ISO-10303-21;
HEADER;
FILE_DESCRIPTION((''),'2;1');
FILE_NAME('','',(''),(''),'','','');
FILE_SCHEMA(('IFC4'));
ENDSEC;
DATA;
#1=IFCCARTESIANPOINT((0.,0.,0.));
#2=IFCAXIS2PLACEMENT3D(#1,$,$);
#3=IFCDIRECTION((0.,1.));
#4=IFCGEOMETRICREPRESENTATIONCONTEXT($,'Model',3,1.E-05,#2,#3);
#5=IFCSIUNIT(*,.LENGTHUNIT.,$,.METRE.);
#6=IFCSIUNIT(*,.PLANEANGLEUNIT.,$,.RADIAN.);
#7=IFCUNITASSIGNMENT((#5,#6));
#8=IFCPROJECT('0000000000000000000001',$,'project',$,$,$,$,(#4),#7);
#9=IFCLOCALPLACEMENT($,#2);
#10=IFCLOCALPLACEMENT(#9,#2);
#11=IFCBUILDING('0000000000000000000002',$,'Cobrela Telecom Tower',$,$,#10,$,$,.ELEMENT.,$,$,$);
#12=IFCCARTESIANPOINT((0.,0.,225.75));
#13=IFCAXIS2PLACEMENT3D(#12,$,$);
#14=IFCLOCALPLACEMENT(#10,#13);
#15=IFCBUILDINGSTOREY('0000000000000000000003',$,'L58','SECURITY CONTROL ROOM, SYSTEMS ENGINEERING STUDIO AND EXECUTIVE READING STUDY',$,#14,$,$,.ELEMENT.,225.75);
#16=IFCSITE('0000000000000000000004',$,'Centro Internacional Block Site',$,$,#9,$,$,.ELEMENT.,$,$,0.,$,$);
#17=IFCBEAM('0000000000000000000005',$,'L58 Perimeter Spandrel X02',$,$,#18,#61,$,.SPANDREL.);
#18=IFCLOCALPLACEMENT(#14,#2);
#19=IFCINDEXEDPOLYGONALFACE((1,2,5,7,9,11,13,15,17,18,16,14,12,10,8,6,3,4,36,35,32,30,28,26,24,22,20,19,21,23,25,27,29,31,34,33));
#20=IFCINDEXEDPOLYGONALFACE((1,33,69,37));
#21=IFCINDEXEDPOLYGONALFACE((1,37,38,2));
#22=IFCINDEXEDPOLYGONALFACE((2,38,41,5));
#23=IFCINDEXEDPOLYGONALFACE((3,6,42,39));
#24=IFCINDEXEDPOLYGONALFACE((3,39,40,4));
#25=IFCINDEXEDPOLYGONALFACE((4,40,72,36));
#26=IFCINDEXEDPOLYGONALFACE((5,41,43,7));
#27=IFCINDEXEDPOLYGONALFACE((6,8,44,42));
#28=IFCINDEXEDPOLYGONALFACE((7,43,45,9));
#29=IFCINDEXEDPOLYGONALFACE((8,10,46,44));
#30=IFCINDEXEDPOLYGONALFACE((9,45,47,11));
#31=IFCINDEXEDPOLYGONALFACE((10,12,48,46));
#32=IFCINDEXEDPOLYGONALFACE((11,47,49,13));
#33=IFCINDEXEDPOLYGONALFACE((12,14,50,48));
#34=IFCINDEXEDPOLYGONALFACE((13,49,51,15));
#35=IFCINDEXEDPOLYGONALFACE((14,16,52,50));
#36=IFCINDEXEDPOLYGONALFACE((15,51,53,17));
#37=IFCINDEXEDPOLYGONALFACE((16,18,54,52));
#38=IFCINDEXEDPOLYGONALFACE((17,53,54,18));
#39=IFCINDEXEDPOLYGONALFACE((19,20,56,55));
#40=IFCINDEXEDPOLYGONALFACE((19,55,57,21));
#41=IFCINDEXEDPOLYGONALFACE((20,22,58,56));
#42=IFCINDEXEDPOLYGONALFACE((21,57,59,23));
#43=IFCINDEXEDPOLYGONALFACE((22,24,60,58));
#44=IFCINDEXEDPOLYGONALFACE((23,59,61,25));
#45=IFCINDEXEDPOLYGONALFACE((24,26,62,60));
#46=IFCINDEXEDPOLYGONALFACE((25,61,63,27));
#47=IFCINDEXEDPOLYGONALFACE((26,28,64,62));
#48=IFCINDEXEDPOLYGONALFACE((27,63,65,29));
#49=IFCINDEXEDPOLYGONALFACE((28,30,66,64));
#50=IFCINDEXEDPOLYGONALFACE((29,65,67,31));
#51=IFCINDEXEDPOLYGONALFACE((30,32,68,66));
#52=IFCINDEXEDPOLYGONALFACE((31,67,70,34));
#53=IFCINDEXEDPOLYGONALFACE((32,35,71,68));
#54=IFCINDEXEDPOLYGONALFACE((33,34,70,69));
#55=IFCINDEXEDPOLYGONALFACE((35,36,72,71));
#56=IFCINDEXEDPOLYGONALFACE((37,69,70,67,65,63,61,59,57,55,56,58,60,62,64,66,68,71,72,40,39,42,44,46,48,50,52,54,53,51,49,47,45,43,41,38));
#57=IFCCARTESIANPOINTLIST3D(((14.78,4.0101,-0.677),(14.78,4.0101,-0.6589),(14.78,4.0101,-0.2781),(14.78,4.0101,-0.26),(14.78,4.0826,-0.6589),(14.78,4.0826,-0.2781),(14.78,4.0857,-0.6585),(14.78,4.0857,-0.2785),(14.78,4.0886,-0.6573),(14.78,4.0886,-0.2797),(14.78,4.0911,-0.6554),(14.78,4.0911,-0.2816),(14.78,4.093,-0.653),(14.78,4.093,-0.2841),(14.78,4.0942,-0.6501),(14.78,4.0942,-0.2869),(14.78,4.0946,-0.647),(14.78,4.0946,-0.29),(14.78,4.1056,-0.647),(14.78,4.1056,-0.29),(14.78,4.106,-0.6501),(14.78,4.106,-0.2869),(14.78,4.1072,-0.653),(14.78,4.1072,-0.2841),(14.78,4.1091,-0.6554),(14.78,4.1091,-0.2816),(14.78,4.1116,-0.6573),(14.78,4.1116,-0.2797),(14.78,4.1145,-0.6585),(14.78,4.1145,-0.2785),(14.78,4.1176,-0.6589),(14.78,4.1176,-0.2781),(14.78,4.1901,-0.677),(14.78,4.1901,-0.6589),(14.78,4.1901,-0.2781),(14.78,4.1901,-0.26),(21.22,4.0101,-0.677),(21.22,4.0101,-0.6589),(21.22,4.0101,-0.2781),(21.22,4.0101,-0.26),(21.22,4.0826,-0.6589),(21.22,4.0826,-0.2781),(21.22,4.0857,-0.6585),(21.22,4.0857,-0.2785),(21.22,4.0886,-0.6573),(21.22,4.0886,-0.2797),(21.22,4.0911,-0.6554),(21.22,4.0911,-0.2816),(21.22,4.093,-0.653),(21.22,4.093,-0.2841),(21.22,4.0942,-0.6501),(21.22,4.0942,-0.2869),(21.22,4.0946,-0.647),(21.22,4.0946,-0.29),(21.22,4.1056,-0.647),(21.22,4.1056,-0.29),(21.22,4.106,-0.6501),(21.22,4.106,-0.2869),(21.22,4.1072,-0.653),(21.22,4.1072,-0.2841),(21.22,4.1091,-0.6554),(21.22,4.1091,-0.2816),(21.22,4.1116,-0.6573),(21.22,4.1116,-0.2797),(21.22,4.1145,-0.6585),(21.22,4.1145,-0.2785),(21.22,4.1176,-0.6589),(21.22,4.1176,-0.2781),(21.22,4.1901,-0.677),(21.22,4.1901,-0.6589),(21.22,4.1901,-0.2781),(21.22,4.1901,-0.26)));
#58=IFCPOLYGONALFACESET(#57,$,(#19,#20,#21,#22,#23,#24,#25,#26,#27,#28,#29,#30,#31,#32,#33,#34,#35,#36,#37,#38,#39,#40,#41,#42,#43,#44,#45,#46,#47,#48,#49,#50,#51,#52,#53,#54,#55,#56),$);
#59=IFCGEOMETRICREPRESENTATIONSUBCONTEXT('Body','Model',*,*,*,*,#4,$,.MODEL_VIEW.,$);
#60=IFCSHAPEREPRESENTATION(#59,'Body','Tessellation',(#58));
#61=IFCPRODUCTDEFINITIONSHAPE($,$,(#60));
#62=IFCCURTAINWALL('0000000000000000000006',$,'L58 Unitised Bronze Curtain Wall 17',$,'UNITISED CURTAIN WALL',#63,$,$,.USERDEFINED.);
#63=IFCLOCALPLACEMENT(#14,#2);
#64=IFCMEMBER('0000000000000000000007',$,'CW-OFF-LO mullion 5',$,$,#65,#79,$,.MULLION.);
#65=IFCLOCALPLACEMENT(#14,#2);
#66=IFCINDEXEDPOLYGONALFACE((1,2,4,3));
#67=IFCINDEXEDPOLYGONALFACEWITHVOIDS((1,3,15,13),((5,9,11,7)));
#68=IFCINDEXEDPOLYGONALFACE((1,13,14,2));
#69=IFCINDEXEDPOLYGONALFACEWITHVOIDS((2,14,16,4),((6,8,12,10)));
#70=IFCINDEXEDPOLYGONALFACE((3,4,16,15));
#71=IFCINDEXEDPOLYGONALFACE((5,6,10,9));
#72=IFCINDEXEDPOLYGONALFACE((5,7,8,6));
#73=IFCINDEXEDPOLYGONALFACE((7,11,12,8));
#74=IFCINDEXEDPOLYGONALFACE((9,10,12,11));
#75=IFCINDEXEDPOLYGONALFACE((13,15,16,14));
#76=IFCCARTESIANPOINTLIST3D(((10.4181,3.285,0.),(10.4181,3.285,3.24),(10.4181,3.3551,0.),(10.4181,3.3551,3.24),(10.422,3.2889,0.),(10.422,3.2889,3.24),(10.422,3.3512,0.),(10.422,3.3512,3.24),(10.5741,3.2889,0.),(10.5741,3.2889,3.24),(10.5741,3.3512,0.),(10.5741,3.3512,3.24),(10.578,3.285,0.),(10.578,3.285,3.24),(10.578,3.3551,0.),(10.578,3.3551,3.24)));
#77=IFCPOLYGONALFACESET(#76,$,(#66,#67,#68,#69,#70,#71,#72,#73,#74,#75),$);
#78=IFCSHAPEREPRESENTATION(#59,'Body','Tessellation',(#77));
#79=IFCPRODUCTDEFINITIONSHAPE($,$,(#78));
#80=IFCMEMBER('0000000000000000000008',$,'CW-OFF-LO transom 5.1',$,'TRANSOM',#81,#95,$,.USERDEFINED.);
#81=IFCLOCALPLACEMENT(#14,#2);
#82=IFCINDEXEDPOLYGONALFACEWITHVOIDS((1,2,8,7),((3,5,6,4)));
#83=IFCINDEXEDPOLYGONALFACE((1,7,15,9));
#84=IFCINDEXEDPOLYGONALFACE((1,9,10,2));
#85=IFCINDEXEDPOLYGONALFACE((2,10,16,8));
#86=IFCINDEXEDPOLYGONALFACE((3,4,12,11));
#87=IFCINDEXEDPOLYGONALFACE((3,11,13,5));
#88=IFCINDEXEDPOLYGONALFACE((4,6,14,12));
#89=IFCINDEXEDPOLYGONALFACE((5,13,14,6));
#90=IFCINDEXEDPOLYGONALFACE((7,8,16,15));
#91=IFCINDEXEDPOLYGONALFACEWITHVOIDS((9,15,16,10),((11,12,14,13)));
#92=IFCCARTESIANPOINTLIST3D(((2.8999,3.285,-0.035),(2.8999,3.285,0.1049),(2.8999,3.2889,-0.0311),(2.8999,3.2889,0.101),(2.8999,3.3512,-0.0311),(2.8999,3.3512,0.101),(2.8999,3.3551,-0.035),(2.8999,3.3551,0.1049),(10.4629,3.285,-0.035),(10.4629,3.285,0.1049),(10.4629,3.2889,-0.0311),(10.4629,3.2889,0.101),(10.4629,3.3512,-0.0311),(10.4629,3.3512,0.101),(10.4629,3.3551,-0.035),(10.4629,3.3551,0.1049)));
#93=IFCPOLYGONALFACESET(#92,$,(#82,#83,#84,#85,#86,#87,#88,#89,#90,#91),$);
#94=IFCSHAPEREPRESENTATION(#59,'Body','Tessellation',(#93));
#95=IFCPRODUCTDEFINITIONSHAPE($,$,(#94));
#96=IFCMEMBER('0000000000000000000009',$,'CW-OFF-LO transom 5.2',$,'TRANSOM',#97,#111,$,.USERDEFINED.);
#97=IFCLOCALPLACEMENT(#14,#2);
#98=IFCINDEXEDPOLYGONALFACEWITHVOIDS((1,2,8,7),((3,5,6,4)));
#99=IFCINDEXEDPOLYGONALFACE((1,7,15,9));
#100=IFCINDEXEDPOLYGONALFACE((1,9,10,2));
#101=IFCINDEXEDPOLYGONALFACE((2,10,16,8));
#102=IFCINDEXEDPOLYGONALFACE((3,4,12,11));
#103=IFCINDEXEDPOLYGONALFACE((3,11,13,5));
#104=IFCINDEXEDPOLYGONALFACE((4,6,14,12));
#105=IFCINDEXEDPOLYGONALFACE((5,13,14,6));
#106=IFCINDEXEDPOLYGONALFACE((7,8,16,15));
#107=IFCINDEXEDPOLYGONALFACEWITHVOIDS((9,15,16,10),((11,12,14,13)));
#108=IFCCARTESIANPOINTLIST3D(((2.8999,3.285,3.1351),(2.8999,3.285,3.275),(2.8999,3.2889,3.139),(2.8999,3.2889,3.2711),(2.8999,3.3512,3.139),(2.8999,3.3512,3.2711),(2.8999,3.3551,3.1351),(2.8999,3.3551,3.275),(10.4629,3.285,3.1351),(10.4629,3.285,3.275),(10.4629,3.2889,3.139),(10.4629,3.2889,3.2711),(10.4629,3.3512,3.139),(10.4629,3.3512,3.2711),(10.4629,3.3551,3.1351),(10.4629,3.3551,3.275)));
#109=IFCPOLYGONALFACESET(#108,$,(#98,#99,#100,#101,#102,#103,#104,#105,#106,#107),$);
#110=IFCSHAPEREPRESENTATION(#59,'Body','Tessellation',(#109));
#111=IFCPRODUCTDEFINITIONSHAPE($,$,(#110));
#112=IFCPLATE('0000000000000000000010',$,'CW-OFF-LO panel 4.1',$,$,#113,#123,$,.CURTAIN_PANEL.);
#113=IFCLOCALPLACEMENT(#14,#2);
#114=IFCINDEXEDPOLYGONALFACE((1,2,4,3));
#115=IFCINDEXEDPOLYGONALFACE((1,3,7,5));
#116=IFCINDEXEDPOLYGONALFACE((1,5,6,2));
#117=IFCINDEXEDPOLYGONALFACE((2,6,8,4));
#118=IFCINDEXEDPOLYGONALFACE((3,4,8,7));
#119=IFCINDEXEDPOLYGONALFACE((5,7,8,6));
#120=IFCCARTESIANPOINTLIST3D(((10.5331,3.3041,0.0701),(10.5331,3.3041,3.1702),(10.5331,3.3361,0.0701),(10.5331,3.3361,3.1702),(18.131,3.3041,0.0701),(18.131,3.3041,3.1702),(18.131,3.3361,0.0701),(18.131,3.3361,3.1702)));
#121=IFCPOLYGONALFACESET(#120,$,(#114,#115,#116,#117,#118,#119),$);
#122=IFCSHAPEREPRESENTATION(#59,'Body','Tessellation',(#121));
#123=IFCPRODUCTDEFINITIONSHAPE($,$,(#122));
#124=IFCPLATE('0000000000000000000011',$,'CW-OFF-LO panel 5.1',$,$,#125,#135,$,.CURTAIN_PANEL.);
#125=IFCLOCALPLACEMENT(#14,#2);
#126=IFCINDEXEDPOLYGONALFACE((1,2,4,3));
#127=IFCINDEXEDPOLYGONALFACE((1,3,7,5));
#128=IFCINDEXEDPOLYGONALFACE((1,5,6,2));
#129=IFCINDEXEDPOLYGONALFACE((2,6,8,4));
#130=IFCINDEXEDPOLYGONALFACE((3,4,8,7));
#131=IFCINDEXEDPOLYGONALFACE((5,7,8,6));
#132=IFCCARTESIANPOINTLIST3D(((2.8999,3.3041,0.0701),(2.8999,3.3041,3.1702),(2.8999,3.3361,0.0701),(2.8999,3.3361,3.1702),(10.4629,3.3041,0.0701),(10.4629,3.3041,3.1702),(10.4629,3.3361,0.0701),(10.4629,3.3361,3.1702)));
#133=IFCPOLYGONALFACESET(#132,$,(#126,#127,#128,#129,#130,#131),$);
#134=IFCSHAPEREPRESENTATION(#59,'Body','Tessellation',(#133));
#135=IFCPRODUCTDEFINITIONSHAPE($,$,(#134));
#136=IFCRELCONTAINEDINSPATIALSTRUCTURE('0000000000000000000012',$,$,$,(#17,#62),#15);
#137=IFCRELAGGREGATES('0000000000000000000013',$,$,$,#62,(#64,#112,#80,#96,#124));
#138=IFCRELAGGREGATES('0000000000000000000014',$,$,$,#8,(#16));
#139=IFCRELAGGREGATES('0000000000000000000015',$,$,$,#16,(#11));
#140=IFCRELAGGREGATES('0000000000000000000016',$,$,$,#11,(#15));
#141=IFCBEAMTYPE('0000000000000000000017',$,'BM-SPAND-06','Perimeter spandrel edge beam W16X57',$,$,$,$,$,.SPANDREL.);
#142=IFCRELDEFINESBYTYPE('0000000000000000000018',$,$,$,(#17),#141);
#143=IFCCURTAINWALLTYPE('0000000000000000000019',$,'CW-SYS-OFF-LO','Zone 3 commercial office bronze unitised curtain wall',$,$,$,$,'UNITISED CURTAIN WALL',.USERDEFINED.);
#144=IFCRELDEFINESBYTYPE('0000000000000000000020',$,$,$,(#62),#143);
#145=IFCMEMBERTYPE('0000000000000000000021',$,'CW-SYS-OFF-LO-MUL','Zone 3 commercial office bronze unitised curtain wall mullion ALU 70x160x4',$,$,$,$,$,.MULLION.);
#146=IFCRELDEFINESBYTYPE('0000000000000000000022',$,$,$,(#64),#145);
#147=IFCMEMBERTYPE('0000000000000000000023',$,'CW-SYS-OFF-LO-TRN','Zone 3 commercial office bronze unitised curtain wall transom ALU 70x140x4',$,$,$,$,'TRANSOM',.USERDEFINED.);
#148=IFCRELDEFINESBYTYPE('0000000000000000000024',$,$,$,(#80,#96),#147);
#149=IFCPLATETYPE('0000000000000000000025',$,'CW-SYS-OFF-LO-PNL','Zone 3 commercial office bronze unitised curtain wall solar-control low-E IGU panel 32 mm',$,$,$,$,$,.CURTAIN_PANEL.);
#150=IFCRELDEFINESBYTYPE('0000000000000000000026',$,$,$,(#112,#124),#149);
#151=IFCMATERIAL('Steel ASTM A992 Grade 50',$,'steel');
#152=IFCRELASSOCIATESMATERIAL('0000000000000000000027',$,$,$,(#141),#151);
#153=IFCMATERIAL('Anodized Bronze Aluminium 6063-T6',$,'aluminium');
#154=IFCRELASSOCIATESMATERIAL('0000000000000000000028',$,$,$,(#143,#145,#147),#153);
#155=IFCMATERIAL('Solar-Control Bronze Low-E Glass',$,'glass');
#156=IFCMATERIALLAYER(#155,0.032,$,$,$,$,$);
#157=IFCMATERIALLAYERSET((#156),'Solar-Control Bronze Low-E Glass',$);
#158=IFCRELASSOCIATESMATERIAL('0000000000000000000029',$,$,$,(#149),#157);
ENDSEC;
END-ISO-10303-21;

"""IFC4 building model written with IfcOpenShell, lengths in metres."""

from ifc_helpers import new_model, si_unit, direction, frame, origin, origin_2d, place, context, subcontext, project, spatial, rectangle, hollow_rectangle, i_section, extrude, material, layer, layer_set, material_profile, profile_set, type_object, element, aggregate, save


model = new_model("IFC4")

# Units and contexts
model_context = context("Model", 3, precision=1e-05, world=origin(), true_north=direction((0.0, 1.0)))
body_context = subcontext(model_context, "Body", "Model", "MODEL_VIEW")
ifc_project = project(units=[si_unit("LENGTHUNIT", "METRE"), si_unit("PLANEANGLEUNIT", "RADIAN")], contexts=[model_context])

# Site, building, storey
site_placement = place(None, origin())
site = spatial("IfcSite", under=ifc_project, at=site_placement, Name="Centro Internacional Block Site", CompositionType="ELEMENT", RefElevation=0.0)
building_placement = place(site_placement, origin())
building = spatial("IfcBuilding", under=site, at=building_placement, Name="Cobrela Telecom Tower", CompositionType="ELEMENT")
storey_placement = place(building_placement, frame((0.0, 0.0, 225.75)))
storey = spatial("IfcBuildingStorey", under=building, at=storey_placement, Name="L58", Description="SECURITY CONTROL ROOM, SYSTEMS ENGINEERING STUDIO AND EXECUTIVE READING STUDY", CompositionType="ELEMENT", Elevation=225.75)

# Beam
ifc_material_1 = material(Name="Steel ASTM A992 Grade 50", Category="steel")
ifc_material_profile_1 = material_profile(ifc_material_1, i_section(OverallWidth=0.1799, OverallDepth=0.417, WebThickness=0.011, FlangeThickness=0.0181, FilletRadius=0.012, at=origin_2d()), Name="W16X57")
ifc_profile_set_1 = profile_set([ifc_material_profile_1], Name="Steel ASTM A992 Grade 50")
beam_type_1 = type_object("IfcBeamType", Name="BM-SPAND-06", Description="Perimeter spandrel edge beam W16X57", PredefinedType="SPANDREL", material=ifc_profile_set_1)
for number, where, z_axis, x_axis, name in (
    (1, (14.78, 4.1001, -0.4685), (1.0, 0.0, 0.0), (0.0, 1.0, 0.0), "L58 Perimeter Spandrel X02"),
):
    element("IfcBeam", number, at=place(storey_placement, frame(where, z_axis=z_axis, x_axis=x_axis)), inside=storey, type_object=beam_type_1, Name=name, PredefinedType="SPANDREL", context=body_context, shape_type="SweptSolid", body=[
        extrude(i_section(OverallWidth=0.1799, OverallDepth=0.417, WebThickness=0.011, FlangeThickness=0.0181, FilletRadius=0.012, at=origin_2d()), origin(), (0.0, 0.0, 1.0), 6.4399),
    ])

# Curtain wall, members, plates
ifc_material_2 = material(Name="Anodized Bronze Aluminium 6063-T6", Category="aluminium")
curtain_wall_type = type_object("IfcCurtainWallType", Name="CW-SYS-OFF-LO", Description="Zone 3 commercial office bronze unitised curtain wall", ElementType="UNITISED CURTAIN WALL", PredefinedType="USERDEFINED", material=ifc_material_2)
curtain_wall_placement = place(storey_placement, origin())
curtain_wall = element("IfcCurtainWall", 2, at=curtain_wall_placement, inside=storey, type_object=curtain_wall_type, Name="L58 Unitised Bronze Curtain Wall 17", ObjectType="UNITISED CURTAIN WALL", PredefinedType="USERDEFINED")
ifc_material_profile_2 = material_profile(ifc_material_2, hollow_rectangle(XDim=0.0701, YDim=0.1599, WallThickness=0.0039, at=origin_2d()), Name="ALU 70x160x4")
ifc_profile_set_2 = profile_set([ifc_material_profile_2], Name="Anodized Bronze Aluminium 6063-T6")
member_type_1 = type_object("IfcMemberType", Name="CW-SYS-OFF-LO-MUL", Description="Zone 3 commercial office bronze unitised curtain wall mullion ALU 70x160x4", PredefinedType="MULLION", material=ifc_profile_set_2)
member_1_placement = place(storey_placement, frame((10.498, 3.3201, 0.0), z_axis=(0.0, 0.0, 1.0), x_axis=(0.0, -1.0, 0.0)))
member_1 = element("IfcMember", 3, at=member_1_placement, type_object=member_type_1, Name="CW-OFF-LO mullion 5", PredefinedType="MULLION", context=body_context, shape_type="SweptSolid", body=[
    extrude(hollow_rectangle(XDim=0.0701, YDim=0.1599, WallThickness=0.0039, at=origin_2d()), origin(), (0.0, 0.0, 1.0), 3.24),
])
ifc_material_profile_3 = material_profile(ifc_material_2, hollow_rectangle(XDim=0.0701, YDim=0.1399, WallThickness=0.0039, at=origin_2d()), Name="ALU 70x140x4")
ifc_profile_set_3 = profile_set([ifc_material_profile_3], Name="Anodized Bronze Aluminium 6063-T6")
member_type_2 = type_object("IfcMemberType", Name="CW-SYS-OFF-LO-TRN", Description="Zone 3 commercial office bronze unitised curtain wall transom ALU 70x140x4", ElementType="TRANSOM", PredefinedType="USERDEFINED", material=ifc_profile_set_3)
member_2_placement = place(storey_placement, frame((10.4629, 3.3201, 0.0349), z_axis=(-1.0, 0.0, 0.0), x_axis=(0.0, -1.0, 0.0)))
member_2 = element("IfcMember", 4, at=member_2_placement, type_object=member_type_2, Name="CW-OFF-LO transom 5.1", ObjectType="TRANSOM", PredefinedType="USERDEFINED", context=body_context, shape_type="SweptSolid", body=[
    extrude(hollow_rectangle(XDim=0.0701, YDim=0.1399, WallThickness=0.0039, at=origin_2d()), origin(), (0.0, 0.0, 1.0), 7.563),
])
member_3_placement = place(storey_placement, frame((10.4629, 3.3201, 3.2051), z_axis=(-1.0, 0.0, 0.0), x_axis=(0.0, -1.0, 0.0)))
member_3 = element("IfcMember", 5, at=member_3_placement, type_object=member_type_2, Name="CW-OFF-LO transom 5.2", ObjectType="TRANSOM", PredefinedType="USERDEFINED", context=body_context, shape_type="SweptSolid", body=[
    extrude(hollow_rectangle(XDim=0.0701, YDim=0.1399, WallThickness=0.0039, at=origin_2d()), origin(), (0.0, 0.0, 1.0), 7.563),
])
ifc_material_3 = material(Name="Solar-Control Bronze Low-E Glass", Category="glass")
ifc_layer_1 = layer(ifc_material_3, 0.032)
ifc_layer_set_1 = layer_set([ifc_layer_1], Name="Solar-Control Bronze Low-E Glass")
plate_type = type_object("IfcPlateType", Name="CW-SYS-OFF-LO-PNL", Description="Zone 3 commercial office bronze unitised curtain wall solar-control low-E IGU panel 32 mm", PredefinedType="CURTAIN_PANEL", material=ifc_layer_set_1)
plate_1_placement = place(storey_placement, frame((14.332, 3.3201, 0.0701), z_axis=(0.0, 0.0, 1.0), x_axis=(-1.0, 0.0, 0.0)))
plate_1 = element("IfcPlate", 6, at=plate_1_placement, type_object=plate_type, Name="CW-OFF-LO panel 4.1", PredefinedType="CURTAIN_PANEL", context=body_context, shape_type="SweptSolid", body=[
    extrude(rectangle(XDim=7.5979, YDim=0.032, at=origin_2d()), origin(), (0.0, 0.0, 1.0), 3.1001),
])
plate_2_placement = place(storey_placement, frame((6.6814, 3.3201, 0.0701), z_axis=(0.0, 0.0, 1.0), x_axis=(-1.0, 0.0, 0.0)))
plate_2 = element("IfcPlate", 7, at=plate_2_placement, type_object=plate_type, Name="CW-OFF-LO panel 5.1", PredefinedType="CURTAIN_PANEL", context=body_context, shape_type="SweptSolid", body=[
    extrude(rectangle(XDim=7.563, YDim=0.032, at=origin_2d()), origin(), (0.0, 0.0, 1.0), 3.1001),
])
aggregate(curtain_wall, [member_1, plate_1, member_2, member_3, plate_2])

save(model, "model.ifc")
